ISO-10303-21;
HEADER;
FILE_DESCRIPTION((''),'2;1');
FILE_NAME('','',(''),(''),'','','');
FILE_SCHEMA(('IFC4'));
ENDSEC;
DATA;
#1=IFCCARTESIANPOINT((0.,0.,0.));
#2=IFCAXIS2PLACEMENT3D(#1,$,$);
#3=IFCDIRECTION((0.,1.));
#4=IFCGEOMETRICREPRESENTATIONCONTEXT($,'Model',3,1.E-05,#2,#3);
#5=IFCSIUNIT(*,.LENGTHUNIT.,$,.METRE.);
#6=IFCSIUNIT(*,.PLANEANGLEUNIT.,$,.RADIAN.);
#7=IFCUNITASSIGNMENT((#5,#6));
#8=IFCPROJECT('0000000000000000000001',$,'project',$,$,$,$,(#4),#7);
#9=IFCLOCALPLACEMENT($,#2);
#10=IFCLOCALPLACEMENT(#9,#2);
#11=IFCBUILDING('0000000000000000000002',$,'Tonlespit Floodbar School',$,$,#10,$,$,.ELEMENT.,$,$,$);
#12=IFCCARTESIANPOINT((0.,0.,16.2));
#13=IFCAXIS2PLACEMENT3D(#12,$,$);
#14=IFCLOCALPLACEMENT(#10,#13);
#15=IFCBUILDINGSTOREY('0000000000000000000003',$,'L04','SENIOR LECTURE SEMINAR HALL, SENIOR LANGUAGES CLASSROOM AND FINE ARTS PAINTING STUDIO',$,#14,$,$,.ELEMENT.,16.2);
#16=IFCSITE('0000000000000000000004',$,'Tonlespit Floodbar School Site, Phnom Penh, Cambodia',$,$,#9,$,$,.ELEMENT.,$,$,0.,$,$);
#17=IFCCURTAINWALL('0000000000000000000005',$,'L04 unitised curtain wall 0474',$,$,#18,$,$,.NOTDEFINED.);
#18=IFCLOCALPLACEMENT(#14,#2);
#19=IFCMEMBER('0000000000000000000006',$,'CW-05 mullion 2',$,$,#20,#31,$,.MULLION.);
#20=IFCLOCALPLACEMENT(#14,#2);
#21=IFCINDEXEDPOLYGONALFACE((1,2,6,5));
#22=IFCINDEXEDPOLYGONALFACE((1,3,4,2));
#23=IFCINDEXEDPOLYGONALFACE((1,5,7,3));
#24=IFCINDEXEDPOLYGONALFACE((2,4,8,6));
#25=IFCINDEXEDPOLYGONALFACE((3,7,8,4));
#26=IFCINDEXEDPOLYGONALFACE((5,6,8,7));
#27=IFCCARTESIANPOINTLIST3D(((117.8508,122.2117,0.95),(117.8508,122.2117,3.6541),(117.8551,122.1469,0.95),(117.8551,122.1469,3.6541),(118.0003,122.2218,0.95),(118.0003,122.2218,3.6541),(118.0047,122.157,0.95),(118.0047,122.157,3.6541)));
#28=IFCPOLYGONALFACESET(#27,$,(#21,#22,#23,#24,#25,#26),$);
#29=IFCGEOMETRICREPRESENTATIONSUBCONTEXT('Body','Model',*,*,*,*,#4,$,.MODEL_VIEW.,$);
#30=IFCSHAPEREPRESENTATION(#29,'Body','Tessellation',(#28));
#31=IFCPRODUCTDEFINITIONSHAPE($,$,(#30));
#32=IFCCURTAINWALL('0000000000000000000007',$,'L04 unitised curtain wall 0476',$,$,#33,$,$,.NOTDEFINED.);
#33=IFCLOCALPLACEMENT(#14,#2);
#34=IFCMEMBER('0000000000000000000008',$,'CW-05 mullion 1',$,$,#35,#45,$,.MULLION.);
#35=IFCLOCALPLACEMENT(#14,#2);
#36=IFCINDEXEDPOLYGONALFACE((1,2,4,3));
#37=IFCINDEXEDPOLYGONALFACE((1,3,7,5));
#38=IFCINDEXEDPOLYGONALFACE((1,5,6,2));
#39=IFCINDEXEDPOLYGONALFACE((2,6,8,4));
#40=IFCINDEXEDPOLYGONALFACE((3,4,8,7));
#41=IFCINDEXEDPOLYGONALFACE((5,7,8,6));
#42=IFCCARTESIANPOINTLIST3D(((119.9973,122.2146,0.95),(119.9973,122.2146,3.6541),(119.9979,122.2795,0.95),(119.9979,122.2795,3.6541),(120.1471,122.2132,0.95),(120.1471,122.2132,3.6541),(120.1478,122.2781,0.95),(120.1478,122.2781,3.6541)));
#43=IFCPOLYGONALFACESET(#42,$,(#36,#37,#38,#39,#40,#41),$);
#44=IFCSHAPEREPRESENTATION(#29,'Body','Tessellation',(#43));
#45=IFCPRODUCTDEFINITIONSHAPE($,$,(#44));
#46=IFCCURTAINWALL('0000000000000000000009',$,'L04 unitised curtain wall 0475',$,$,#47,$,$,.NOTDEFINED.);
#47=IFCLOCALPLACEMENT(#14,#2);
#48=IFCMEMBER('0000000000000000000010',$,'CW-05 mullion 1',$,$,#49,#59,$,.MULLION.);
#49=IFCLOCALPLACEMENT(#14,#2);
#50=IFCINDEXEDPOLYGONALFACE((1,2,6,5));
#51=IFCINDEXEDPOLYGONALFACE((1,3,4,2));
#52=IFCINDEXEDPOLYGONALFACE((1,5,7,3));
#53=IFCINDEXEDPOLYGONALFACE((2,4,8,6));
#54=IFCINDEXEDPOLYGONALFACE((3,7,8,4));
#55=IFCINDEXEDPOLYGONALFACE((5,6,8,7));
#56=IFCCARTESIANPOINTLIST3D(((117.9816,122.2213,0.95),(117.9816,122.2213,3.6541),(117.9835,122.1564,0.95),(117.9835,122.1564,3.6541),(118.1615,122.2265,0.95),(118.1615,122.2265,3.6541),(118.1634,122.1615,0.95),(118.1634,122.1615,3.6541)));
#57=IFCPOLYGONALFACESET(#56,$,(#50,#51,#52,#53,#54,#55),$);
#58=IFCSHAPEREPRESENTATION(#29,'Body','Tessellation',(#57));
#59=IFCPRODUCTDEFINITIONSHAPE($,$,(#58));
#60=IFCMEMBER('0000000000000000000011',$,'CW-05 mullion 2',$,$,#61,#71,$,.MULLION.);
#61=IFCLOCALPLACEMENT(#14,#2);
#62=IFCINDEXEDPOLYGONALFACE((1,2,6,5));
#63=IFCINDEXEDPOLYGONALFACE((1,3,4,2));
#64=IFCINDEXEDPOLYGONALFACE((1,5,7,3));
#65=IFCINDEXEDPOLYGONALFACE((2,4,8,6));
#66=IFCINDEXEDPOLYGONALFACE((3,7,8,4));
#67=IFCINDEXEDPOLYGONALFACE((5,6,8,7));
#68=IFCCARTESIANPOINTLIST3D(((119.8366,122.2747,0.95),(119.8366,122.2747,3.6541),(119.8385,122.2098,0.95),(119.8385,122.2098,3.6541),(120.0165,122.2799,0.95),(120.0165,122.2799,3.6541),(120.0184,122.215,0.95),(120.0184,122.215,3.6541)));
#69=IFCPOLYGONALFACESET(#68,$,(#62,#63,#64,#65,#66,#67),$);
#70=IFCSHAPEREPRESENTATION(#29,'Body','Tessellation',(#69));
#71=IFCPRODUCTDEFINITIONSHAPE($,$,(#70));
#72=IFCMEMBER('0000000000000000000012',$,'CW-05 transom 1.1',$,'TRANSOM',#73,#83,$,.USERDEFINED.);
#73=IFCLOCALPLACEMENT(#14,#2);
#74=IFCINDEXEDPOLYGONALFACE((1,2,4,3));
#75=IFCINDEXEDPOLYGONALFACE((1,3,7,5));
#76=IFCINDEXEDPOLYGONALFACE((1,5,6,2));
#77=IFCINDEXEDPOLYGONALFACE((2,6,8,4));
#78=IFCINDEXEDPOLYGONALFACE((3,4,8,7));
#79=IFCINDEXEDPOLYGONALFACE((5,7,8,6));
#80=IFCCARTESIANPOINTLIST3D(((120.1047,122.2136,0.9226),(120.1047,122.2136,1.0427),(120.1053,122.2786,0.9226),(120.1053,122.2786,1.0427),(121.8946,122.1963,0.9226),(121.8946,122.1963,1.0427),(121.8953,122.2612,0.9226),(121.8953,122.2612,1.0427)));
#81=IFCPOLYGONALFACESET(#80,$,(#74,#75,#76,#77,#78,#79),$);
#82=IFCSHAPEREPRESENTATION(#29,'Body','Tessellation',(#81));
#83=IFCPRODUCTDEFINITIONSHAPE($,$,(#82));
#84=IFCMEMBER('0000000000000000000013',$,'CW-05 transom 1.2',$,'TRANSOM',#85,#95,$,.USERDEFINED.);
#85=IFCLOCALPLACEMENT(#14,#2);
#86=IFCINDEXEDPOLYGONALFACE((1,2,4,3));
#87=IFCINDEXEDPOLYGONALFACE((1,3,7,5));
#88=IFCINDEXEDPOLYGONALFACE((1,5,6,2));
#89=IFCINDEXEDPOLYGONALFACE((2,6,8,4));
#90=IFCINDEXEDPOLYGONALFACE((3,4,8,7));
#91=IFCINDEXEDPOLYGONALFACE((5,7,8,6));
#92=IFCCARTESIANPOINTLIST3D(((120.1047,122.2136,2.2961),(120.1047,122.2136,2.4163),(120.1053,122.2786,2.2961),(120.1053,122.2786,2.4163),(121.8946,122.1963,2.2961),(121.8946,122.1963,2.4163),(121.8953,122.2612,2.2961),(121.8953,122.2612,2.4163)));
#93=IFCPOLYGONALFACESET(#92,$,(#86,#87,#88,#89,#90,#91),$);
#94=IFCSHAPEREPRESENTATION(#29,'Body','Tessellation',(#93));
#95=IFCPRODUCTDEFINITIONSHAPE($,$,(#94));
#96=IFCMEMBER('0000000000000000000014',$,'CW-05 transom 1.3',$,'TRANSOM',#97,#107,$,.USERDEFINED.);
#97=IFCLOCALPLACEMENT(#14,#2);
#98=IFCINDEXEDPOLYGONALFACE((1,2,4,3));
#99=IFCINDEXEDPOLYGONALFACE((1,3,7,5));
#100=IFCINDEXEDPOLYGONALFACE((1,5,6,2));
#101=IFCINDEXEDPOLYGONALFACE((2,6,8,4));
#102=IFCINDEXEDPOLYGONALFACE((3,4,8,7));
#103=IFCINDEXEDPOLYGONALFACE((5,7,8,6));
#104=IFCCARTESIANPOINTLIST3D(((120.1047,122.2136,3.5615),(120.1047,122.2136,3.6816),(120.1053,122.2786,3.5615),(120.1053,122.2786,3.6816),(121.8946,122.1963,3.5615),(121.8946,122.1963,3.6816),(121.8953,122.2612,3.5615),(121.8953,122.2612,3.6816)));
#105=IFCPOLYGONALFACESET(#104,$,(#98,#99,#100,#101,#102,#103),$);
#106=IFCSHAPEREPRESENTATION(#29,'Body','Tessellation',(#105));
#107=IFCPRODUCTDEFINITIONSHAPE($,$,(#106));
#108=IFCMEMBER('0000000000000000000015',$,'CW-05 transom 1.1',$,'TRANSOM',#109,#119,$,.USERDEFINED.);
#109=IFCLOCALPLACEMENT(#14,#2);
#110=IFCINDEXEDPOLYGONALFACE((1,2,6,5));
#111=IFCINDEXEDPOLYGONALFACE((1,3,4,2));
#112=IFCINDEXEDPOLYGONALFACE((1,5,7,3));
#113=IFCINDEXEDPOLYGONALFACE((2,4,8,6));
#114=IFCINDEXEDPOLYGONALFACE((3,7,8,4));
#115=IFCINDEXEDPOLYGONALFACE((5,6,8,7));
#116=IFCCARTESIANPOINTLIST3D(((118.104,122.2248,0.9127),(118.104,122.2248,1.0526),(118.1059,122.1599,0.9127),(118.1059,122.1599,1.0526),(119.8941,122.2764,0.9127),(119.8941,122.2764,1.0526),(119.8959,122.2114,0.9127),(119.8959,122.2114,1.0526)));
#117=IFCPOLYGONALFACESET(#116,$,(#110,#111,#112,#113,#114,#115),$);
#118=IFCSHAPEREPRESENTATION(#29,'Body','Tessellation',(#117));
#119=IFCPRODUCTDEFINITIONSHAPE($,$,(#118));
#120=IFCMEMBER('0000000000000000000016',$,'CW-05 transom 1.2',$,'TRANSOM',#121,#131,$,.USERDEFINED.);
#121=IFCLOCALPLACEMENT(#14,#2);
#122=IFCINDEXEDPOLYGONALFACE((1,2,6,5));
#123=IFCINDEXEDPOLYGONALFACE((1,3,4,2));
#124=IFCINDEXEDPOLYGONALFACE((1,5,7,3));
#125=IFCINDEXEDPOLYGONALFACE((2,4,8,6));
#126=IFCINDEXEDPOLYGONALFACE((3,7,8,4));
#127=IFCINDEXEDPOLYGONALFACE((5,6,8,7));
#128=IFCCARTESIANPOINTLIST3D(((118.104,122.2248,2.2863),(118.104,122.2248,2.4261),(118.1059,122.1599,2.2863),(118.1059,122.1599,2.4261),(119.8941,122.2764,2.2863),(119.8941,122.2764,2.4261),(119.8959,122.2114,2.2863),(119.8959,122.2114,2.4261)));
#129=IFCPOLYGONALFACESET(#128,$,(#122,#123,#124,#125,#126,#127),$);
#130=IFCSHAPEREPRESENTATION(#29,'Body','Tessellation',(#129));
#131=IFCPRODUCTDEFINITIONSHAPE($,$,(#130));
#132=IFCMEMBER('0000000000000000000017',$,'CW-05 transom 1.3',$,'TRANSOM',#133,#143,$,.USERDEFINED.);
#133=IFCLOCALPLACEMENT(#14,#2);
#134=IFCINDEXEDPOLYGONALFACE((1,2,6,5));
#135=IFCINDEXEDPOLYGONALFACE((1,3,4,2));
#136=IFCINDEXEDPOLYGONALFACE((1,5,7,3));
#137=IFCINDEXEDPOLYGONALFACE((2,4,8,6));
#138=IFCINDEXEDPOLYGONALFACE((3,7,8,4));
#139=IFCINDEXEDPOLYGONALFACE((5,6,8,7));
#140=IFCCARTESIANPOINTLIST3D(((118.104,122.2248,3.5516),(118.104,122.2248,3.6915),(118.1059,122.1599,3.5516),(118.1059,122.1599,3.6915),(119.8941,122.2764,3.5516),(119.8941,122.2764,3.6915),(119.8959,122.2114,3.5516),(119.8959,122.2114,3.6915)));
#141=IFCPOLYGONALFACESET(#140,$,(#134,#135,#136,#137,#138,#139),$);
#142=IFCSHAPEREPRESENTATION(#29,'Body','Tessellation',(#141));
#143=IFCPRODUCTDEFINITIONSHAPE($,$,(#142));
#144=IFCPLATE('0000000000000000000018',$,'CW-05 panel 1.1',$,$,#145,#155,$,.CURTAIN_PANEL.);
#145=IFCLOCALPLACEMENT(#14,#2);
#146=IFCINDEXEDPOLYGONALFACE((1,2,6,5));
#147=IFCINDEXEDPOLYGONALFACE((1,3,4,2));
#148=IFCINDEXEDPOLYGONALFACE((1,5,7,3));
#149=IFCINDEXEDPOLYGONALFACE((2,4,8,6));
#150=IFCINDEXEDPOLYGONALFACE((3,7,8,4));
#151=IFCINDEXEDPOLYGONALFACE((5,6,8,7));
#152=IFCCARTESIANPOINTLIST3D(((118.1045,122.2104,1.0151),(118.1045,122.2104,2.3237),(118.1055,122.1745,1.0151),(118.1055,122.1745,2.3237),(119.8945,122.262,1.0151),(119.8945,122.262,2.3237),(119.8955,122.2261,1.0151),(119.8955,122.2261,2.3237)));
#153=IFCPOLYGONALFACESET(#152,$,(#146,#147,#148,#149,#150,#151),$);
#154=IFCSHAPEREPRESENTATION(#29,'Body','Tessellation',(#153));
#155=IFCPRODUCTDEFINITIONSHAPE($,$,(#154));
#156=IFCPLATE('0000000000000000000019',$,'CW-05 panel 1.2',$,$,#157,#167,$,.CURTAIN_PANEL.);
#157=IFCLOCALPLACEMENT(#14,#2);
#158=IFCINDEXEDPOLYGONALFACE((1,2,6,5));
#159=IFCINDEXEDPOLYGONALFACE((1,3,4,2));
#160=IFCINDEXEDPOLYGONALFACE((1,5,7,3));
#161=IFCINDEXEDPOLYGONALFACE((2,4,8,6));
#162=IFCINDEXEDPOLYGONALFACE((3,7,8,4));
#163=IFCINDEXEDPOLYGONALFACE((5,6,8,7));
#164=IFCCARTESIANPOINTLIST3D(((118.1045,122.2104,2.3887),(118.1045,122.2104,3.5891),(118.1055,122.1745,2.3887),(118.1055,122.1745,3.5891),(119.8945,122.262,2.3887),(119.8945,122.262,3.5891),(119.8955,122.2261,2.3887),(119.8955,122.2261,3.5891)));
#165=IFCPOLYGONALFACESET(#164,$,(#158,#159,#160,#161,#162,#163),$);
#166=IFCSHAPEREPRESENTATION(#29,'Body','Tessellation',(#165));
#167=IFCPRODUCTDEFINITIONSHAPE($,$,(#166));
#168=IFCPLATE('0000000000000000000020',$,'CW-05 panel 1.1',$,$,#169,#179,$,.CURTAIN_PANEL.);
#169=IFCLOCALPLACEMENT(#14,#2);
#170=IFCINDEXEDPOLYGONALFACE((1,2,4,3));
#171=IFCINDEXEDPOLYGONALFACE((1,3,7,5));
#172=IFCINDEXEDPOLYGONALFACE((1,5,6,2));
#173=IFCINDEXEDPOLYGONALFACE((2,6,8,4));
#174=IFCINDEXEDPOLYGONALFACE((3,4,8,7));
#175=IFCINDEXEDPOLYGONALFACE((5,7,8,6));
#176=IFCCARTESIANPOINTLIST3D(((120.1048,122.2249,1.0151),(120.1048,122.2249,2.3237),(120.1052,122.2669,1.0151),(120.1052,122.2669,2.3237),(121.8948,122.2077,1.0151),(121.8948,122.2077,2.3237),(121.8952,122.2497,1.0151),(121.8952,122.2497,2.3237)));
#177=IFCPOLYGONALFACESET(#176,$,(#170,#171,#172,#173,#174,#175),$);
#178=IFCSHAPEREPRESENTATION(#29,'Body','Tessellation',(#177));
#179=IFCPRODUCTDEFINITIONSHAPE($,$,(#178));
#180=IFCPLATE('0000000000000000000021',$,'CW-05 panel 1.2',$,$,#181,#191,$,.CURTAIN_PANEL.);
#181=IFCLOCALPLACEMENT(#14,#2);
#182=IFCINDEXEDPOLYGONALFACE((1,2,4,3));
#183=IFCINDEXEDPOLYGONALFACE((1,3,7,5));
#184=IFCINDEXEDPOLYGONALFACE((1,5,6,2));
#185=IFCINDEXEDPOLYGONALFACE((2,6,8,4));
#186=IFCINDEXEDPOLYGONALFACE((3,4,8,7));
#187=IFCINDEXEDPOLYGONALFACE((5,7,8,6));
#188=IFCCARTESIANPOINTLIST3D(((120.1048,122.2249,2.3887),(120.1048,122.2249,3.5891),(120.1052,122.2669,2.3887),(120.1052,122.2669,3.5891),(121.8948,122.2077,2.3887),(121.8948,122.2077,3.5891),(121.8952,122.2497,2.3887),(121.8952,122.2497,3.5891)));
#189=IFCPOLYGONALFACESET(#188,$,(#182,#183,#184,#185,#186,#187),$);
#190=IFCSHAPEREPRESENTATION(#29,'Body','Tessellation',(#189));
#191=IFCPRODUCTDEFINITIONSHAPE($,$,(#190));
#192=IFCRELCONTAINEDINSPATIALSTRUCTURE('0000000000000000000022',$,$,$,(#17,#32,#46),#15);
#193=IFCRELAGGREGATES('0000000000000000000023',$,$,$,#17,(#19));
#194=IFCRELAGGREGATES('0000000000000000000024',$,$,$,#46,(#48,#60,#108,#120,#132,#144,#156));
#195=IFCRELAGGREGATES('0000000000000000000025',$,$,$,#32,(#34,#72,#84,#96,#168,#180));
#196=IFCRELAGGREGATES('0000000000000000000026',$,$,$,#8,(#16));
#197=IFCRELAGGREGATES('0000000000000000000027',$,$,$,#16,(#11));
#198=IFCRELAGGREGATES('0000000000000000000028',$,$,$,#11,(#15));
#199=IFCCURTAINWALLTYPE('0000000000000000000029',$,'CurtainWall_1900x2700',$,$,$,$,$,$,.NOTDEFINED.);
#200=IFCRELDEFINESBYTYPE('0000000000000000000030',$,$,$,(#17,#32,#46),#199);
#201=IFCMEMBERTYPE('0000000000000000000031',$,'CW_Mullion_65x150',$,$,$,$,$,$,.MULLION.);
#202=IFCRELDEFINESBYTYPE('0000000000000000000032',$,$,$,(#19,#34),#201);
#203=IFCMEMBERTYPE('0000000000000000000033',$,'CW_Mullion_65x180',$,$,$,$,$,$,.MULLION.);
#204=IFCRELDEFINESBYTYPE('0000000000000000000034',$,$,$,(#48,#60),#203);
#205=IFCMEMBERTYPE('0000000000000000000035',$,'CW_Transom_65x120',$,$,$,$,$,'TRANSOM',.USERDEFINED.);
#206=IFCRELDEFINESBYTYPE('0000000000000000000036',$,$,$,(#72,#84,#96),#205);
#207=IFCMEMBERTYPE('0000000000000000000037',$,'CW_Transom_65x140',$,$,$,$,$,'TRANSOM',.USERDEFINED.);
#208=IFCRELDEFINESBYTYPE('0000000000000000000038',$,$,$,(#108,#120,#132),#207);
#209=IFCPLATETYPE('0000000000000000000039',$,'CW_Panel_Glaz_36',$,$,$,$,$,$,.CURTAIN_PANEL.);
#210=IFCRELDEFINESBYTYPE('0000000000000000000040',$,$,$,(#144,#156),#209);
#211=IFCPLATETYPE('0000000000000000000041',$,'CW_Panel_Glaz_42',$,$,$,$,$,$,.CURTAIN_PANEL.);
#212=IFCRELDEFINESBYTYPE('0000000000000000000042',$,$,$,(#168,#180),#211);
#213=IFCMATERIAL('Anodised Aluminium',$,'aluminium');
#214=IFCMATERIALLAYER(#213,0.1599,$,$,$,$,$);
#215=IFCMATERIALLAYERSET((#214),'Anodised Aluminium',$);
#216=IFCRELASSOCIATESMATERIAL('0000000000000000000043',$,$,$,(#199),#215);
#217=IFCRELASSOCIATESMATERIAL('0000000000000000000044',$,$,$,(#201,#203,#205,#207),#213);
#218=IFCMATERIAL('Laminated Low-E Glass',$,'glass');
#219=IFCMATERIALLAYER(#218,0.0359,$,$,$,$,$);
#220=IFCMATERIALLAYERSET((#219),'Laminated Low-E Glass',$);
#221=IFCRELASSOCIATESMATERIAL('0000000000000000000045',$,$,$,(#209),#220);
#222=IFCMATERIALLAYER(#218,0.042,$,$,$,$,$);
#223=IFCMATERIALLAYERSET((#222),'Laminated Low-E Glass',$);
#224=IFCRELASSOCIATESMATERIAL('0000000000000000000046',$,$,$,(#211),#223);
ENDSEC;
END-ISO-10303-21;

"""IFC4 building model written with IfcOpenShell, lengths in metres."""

from ifc_helpers import new_model, si_unit, direction, frame, origin, origin_2d, place, context, subcontext, project, spatial, rectangle, extrude, material, layer, layer_set, material_profile, profile_set, type_object, element, aggregate, save


model = new_model("IFC4")

# Units and contexts
model_context = context("Model", 3, precision=1e-05, world=origin(), true_north=direction((0.0, 1.0)))
body_context = subcontext(model_context, "Body", "Model", "MODEL_VIEW")
ifc_project = project(units=[si_unit("LENGTHUNIT", "METRE"), si_unit("PLANEANGLEUNIT", "RADIAN")], contexts=[model_context])

# Site, building, storey
site_placement = place(None, origin())
site = spatial("IfcSite", under=ifc_project, at=site_placement, Name="Tonlespit Floodbar School Site, Phnom Penh, Cambodia", CompositionType="ELEMENT", RefElevation=0.0)
building_placement = place(site_placement, origin())
building = spatial("IfcBuilding", under=site, at=building_placement, Name="Tonlespit Floodbar School", CompositionType="ELEMENT")
storey_placement = place(building_placement, frame((0.0, 0.0, 16.2)))
storey = spatial("IfcBuildingStorey", under=building, at=storey_placement, Name="L04", Description="SENIOR LECTURE SEMINAR HALL, SENIOR LANGUAGES CLASSROOM AND FINE ARTS PAINTING STUDIO", CompositionType="ELEMENT", Elevation=16.2)

# Curtain walls, members
ifc_material_1 = material(Name="Anodised Aluminium", Category="aluminium")
ifc_layer_1 = layer(ifc_material_1, 0.1599)
ifc_layer_set_1 = layer_set([ifc_layer_1], Name="Anodised Aluminium")
curtain_wall_type = type_object("IfcCurtainWallType", Name="CurtainWall_1900x2700", PredefinedType="NOTDEFINED", material=ifc_layer_set_1)
curtain_wall_1_placement = place(storey_placement, origin())
curtain_wall_1 = element("IfcCurtainWall", 1, at=curtain_wall_1_placement, inside=storey, type_object=curtain_wall_type, Name="L04 unitised curtain wall 0474", PredefinedType="NOTDEFINED")
ifc_material_profile_1 = material_profile(ifc_material_1, rectangle(XDim=0.0649, YDim=0.1499, at=origin_2d()), Name="ALU M65x150")
ifc_profile_set_1 = profile_set([ifc_material_profile_1], Name="Anodised Aluminium")
member_type_1 = type_object("IfcMemberType", Name="CW_Mullion_65x150", PredefinedType="MULLION", material=ifc_profile_set_1)
member_1_placement = place(storey_placement, frame((117.9277, 122.1843, 0.95), z_axis=(0.0, 0.0, 1.0), x_axis=(-0.06734, 0.99773, 0.0)))
member_1 = element("IfcMember", 2, at=member_1_placement, type_object=member_type_1, Name="CW-05 mullion 2", PredefinedType="MULLION", context=body_context, shape_type="SweptSolid", body=[
    extrude(rectangle(XDim=0.0649, YDim=0.1499, at=origin_2d()), origin(), (0.0, 0.0, 1.0), 2.7041),
])
aggregate(curtain_wall_1, [member_1])
curtain_wall_2_placement = place(storey_placement, origin())
curtain_wall_2 = element("IfcCurtainWall", 3, at=curtain_wall_2_placement, inside=storey, type_object=curtain_wall_type, Name="L04 unitised curtain wall 0476", PredefinedType="NOTDEFINED")
member_2_placement = place(storey_placement, frame((120.0725, 122.2463, 0.95), z_axis=(0.0, 0.0, 1.0), x_axis=(0.009583, 0.999954, 0.0)))
member_2 = element("IfcMember", 4, at=member_2_placement, type_object=member_type_1, Name="CW-05 mullion 1", PredefinedType="MULLION", context=body_context, shape_type="SweptSolid", body=[
    extrude(rectangle(XDim=0.0649, YDim=0.1499, at=origin_2d()), origin(), (0.0, 0.0, 1.0), 2.7041),
])

# Curtain wall, members
curtain_wall_3_placement = place(storey_placement, origin())
curtain_wall_3 = element("IfcCurtainWall", 5, at=curtain_wall_3_placement, inside=storey, type_object=curtain_wall_type, Name="L04 unitised curtain wall 0475", PredefinedType="NOTDEFINED")
ifc_material_profile_2 = material_profile(ifc_material_1, rectangle(XDim=0.0649, YDim=0.1799, at=origin_2d()), Name="ALU M65x180")
ifc_profile_set_2 = profile_set([ifc_material_profile_2], Name="Anodised Aluminium")
member_type_2 = type_object("IfcMemberType", Name="CW_Mullion_65x180", PredefinedType="MULLION", material=ifc_profile_set_2)
member_3_placement = place(storey_placement, frame((118.0725, 122.1914, 0.95), z_axis=(0.0, 0.0, 1.0), x_axis=(-0.02879, 0.999585, 0.0)))
member_3 = element("IfcMember", 6, at=member_3_placement, type_object=member_type_2, Name="CW-05 mullion 1", PredefinedType="MULLION", context=body_context, shape_type="SweptSolid", body=[
    extrude(rectangle(XDim=0.0649, YDim=0.1799, at=origin_2d()), origin(), (0.0, 0.0, 1.0), 2.7041),
])
member_4_placement = place(storey_placement, frame((119.9275, 122.2449, 0.95), z_axis=(0.0, 0.0, 1.0), x_axis=(-0.02879, 0.999585, 0.0)))
member_4 = element("IfcMember", 7, at=member_4_placement, type_object=member_type_2, Name="CW-05 mullion 2", PredefinedType="MULLION", context=body_context, shape_type="SweptSolid", body=[
    extrude(rectangle(XDim=0.0649, YDim=0.1799, at=origin_2d()), origin(), (0.0, 0.0, 1.0), 2.7041),
])

# Members
ifc_material_profile_3 = material_profile(ifc_material_1, rectangle(XDim=0.0649, YDim=0.1201, at=origin_2d()), Name="ALU T65x120")
ifc_profile_set_3 = profile_set([ifc_material_profile_3], Name="Anodised Aluminium")
member_type_3 = type_object("IfcMemberType", Name="CW_Transom_65x120", ElementType="TRANSOM", PredefinedType="USERDEFINED", material=ifc_profile_set_3)
member_5_placement = place(storey_placement, frame((120.105, 122.2461, 0.9827), z_axis=(0.999953, -0.009683, 0.0), x_axis=(0.009683, 0.999953, 0.0)))
member_5 = element("IfcMember", 8, at=member_5_placement, type_object=member_type_3, Name="CW-05 transom 1.1", ObjectType="TRANSOM", PredefinedType="USERDEFINED", context=body_context, shape_type="SweptSolid", body=[
    extrude(rectangle(XDim=0.0649, YDim=0.1201, at=origin_2d()), origin(), (0.0, 0.0, 1.0), 1.79),
])
member_6_placement = place(storey_placement, frame((120.105, 122.2461, 2.3562), z_axis=(0.999953, -0.009683, 0.0), x_axis=(0.009683, 0.999953, 0.0)))
member_6 = element("IfcMember", 9, at=member_6_placement, type_object=member_type_3, Name="CW-05 transom 1.2", ObjectType="TRANSOM", PredefinedType="USERDEFINED", context=body_context, shape_type="SweptSolid", body=[
    extrude(rectangle(XDim=0.0649, YDim=0.1201, at=origin_2d()), origin(), (0.0, 0.0, 1.0), 1.79),
])
member_7_placement = place(storey_placement, frame((120.105, 122.2461, 3.6216), z_axis=(0.999953, -0.009683, 0.0), x_axis=(0.009683, 0.999953, 0.0)))
member_7 = element("IfcMember", 10, at=member_7_placement, type_object=member_type_3, Name="CW-05 transom 1.3", ObjectType="TRANSOM", PredefinedType="USERDEFINED", context=body_context, shape_type="SweptSolid", body=[
    extrude(rectangle(XDim=0.0649, YDim=0.1201, at=origin_2d()), origin(), (0.0, 0.0, 1.0), 1.79),
])
ifc_material_profile_4 = material_profile(ifc_material_1, rectangle(XDim=0.0649, YDim=0.1399, at=origin_2d()), Name="ALU T65x140")
ifc_profile_set_4 = profile_set([ifc_material_profile_4], Name="Anodised Aluminium")
member_type_4 = type_object("IfcMemberType", Name="CW_Transom_65x140", ElementType="TRANSOM", PredefinedType="USERDEFINED", material=ifc_profile_set_4)
member_8_placement = place(storey_placement, frame((118.105, 122.1924, 0.9827), z_axis=(0.999586, 0.028766, 0.0), x_axis=(-0.028766, 0.999586, 0.0)))
member_8 = element("IfcMember", 11, at=member_8_placement, type_object=member_type_4, Name="CW-05 transom 1.1", ObjectType="TRANSOM", PredefinedType="USERDEFINED", context=body_context, shape_type="SweptSolid", body=[
    extrude(rectangle(XDim=0.0649, YDim=0.1399, at=origin_2d()), origin(), (0.0, 0.0, 1.0), 1.7908),
])
member_9_placement = place(storey_placement, frame((118.105, 122.1924, 2.3562), z_axis=(0.999586, 0.028766, 0.0), x_axis=(-0.028766, 0.999586, 0.0)))
member_9 = element("IfcMember", 12, at=member_9_placement, type_object=member_type_4, Name="CW-05 transom 1.2", ObjectType="TRANSOM", PredefinedType="USERDEFINED", context=body_context, shape_type="SweptSolid", body=[
    extrude(rectangle(XDim=0.0649, YDim=0.1399, at=origin_2d()), origin(), (0.0, 0.0, 1.0), 1.7908),
])
member_10_placement = place(storey_placement, frame((118.105, 122.1924, 3.6216), z_axis=(0.999586, 0.028766, 0.0), x_axis=(-0.028766, 0.999586, 0.0)))
member_10 = element("IfcMember", 13, at=member_10_placement, type_object=member_type_4, Name="CW-05 transom 1.3", ObjectType="TRANSOM", PredefinedType="USERDEFINED", context=body_context, shape_type="SweptSolid", body=[
    extrude(rectangle(XDim=0.0649, YDim=0.1399, at=origin_2d()), origin(), (0.0, 0.0, 1.0), 1.7908),
])

# Plates
ifc_material_2 = material(Name="Laminated Low-E Glass", Category="glass")
ifc_layer_2 = layer(ifc_material_2, 0.0359)
ifc_layer_set_2 = layer_set([ifc_layer_2], Name="Laminated Low-E Glass")
plate_type_1 = type_object("IfcPlateType", Name="CW_Panel_Glaz_36", PredefinedType="CURTAIN_PANEL", material=ifc_layer_set_2)
plate_1_placement = place(storey_placement, frame((119.0, 122.2183, 1.0151), z_axis=(0.0, 0.0, 1.0), x_axis=(0.999585, 0.02879, 0.0)))
plate_1 = element("IfcPlate", 14, at=plate_1_placement, type_object=plate_type_1, Name="CW-05 panel 1.1", PredefinedType="CURTAIN_PANEL", context=body_context, shape_type="SweptSolid", body=[
    extrude(rectangle(XDim=1.7908, YDim=0.0359, at=origin_2d()), origin(), (0.0, 0.0, 1.0), 1.3086),
])
plate_2_placement = place(storey_placement, frame((119.0, 122.2183, 2.3887), z_axis=(0.0, 0.0, 1.0), x_axis=(0.999585, 0.02879, 0.0)))
plate_2 = element("IfcPlate", 15, at=plate_2_placement, type_object=plate_type_1, Name="CW-05 panel 1.2", PredefinedType="CURTAIN_PANEL", context=body_context, shape_type="SweptSolid", body=[
    extrude(rectangle(XDim=1.7908, YDim=0.0359, at=origin_2d()), origin(), (0.0, 0.0, 1.0), 1.2004),
])
aggregate(curtain_wall_3, [member_3, member_4, member_8, member_9, member_10, plate_1, plate_2])
ifc_layer_3 = layer(ifc_material_2, 0.042)
ifc_layer_set_3 = layer_set([ifc_layer_3], Name="Laminated Low-E Glass")
plate_type_2 = type_object("IfcPlateType", Name="CW_Panel_Glaz_42", PredefinedType="CURTAIN_PANEL", material=ifc_layer_set_3)
plate_3_placement = place(storey_placement, frame((121.0, 122.2373, 1.0151), z_axis=(0.0, 0.0, 1.0), x_axis=(0.999954, -0.009583, 0.0)))
plate_3 = element("IfcPlate", 16, at=plate_3_placement, type_object=plate_type_2, Name="CW-05 panel 1.1", PredefinedType="CURTAIN_PANEL", context=body_context, shape_type="SweptSolid", body=[
    extrude(rectangle(XDim=1.79, YDim=0.042, at=origin_2d()), origin(), (0.0, 0.0, 1.0), 1.3086),
])
plate_4_placement = place(storey_placement, frame((121.0, 122.2373, 2.3887), z_axis=(0.0, 0.0, 1.0), x_axis=(0.999954, -0.009583, 0.0)))
plate_4 = element("IfcPlate", 17, at=plate_4_placement, type_object=plate_type_2, Name="CW-05 panel 1.2", PredefinedType="CURTAIN_PANEL", context=body_context, shape_type="SweptSolid", body=[
    extrude(rectangle(XDim=1.79, YDim=0.042, at=origin_2d()), origin(), (0.0, 0.0, 1.0), 1.2004),
])
aggregate(curtain_wall_2, [member_2, member_5, member_6, member_7, plate_3, plate_4])

save(model, "model.ifc")
